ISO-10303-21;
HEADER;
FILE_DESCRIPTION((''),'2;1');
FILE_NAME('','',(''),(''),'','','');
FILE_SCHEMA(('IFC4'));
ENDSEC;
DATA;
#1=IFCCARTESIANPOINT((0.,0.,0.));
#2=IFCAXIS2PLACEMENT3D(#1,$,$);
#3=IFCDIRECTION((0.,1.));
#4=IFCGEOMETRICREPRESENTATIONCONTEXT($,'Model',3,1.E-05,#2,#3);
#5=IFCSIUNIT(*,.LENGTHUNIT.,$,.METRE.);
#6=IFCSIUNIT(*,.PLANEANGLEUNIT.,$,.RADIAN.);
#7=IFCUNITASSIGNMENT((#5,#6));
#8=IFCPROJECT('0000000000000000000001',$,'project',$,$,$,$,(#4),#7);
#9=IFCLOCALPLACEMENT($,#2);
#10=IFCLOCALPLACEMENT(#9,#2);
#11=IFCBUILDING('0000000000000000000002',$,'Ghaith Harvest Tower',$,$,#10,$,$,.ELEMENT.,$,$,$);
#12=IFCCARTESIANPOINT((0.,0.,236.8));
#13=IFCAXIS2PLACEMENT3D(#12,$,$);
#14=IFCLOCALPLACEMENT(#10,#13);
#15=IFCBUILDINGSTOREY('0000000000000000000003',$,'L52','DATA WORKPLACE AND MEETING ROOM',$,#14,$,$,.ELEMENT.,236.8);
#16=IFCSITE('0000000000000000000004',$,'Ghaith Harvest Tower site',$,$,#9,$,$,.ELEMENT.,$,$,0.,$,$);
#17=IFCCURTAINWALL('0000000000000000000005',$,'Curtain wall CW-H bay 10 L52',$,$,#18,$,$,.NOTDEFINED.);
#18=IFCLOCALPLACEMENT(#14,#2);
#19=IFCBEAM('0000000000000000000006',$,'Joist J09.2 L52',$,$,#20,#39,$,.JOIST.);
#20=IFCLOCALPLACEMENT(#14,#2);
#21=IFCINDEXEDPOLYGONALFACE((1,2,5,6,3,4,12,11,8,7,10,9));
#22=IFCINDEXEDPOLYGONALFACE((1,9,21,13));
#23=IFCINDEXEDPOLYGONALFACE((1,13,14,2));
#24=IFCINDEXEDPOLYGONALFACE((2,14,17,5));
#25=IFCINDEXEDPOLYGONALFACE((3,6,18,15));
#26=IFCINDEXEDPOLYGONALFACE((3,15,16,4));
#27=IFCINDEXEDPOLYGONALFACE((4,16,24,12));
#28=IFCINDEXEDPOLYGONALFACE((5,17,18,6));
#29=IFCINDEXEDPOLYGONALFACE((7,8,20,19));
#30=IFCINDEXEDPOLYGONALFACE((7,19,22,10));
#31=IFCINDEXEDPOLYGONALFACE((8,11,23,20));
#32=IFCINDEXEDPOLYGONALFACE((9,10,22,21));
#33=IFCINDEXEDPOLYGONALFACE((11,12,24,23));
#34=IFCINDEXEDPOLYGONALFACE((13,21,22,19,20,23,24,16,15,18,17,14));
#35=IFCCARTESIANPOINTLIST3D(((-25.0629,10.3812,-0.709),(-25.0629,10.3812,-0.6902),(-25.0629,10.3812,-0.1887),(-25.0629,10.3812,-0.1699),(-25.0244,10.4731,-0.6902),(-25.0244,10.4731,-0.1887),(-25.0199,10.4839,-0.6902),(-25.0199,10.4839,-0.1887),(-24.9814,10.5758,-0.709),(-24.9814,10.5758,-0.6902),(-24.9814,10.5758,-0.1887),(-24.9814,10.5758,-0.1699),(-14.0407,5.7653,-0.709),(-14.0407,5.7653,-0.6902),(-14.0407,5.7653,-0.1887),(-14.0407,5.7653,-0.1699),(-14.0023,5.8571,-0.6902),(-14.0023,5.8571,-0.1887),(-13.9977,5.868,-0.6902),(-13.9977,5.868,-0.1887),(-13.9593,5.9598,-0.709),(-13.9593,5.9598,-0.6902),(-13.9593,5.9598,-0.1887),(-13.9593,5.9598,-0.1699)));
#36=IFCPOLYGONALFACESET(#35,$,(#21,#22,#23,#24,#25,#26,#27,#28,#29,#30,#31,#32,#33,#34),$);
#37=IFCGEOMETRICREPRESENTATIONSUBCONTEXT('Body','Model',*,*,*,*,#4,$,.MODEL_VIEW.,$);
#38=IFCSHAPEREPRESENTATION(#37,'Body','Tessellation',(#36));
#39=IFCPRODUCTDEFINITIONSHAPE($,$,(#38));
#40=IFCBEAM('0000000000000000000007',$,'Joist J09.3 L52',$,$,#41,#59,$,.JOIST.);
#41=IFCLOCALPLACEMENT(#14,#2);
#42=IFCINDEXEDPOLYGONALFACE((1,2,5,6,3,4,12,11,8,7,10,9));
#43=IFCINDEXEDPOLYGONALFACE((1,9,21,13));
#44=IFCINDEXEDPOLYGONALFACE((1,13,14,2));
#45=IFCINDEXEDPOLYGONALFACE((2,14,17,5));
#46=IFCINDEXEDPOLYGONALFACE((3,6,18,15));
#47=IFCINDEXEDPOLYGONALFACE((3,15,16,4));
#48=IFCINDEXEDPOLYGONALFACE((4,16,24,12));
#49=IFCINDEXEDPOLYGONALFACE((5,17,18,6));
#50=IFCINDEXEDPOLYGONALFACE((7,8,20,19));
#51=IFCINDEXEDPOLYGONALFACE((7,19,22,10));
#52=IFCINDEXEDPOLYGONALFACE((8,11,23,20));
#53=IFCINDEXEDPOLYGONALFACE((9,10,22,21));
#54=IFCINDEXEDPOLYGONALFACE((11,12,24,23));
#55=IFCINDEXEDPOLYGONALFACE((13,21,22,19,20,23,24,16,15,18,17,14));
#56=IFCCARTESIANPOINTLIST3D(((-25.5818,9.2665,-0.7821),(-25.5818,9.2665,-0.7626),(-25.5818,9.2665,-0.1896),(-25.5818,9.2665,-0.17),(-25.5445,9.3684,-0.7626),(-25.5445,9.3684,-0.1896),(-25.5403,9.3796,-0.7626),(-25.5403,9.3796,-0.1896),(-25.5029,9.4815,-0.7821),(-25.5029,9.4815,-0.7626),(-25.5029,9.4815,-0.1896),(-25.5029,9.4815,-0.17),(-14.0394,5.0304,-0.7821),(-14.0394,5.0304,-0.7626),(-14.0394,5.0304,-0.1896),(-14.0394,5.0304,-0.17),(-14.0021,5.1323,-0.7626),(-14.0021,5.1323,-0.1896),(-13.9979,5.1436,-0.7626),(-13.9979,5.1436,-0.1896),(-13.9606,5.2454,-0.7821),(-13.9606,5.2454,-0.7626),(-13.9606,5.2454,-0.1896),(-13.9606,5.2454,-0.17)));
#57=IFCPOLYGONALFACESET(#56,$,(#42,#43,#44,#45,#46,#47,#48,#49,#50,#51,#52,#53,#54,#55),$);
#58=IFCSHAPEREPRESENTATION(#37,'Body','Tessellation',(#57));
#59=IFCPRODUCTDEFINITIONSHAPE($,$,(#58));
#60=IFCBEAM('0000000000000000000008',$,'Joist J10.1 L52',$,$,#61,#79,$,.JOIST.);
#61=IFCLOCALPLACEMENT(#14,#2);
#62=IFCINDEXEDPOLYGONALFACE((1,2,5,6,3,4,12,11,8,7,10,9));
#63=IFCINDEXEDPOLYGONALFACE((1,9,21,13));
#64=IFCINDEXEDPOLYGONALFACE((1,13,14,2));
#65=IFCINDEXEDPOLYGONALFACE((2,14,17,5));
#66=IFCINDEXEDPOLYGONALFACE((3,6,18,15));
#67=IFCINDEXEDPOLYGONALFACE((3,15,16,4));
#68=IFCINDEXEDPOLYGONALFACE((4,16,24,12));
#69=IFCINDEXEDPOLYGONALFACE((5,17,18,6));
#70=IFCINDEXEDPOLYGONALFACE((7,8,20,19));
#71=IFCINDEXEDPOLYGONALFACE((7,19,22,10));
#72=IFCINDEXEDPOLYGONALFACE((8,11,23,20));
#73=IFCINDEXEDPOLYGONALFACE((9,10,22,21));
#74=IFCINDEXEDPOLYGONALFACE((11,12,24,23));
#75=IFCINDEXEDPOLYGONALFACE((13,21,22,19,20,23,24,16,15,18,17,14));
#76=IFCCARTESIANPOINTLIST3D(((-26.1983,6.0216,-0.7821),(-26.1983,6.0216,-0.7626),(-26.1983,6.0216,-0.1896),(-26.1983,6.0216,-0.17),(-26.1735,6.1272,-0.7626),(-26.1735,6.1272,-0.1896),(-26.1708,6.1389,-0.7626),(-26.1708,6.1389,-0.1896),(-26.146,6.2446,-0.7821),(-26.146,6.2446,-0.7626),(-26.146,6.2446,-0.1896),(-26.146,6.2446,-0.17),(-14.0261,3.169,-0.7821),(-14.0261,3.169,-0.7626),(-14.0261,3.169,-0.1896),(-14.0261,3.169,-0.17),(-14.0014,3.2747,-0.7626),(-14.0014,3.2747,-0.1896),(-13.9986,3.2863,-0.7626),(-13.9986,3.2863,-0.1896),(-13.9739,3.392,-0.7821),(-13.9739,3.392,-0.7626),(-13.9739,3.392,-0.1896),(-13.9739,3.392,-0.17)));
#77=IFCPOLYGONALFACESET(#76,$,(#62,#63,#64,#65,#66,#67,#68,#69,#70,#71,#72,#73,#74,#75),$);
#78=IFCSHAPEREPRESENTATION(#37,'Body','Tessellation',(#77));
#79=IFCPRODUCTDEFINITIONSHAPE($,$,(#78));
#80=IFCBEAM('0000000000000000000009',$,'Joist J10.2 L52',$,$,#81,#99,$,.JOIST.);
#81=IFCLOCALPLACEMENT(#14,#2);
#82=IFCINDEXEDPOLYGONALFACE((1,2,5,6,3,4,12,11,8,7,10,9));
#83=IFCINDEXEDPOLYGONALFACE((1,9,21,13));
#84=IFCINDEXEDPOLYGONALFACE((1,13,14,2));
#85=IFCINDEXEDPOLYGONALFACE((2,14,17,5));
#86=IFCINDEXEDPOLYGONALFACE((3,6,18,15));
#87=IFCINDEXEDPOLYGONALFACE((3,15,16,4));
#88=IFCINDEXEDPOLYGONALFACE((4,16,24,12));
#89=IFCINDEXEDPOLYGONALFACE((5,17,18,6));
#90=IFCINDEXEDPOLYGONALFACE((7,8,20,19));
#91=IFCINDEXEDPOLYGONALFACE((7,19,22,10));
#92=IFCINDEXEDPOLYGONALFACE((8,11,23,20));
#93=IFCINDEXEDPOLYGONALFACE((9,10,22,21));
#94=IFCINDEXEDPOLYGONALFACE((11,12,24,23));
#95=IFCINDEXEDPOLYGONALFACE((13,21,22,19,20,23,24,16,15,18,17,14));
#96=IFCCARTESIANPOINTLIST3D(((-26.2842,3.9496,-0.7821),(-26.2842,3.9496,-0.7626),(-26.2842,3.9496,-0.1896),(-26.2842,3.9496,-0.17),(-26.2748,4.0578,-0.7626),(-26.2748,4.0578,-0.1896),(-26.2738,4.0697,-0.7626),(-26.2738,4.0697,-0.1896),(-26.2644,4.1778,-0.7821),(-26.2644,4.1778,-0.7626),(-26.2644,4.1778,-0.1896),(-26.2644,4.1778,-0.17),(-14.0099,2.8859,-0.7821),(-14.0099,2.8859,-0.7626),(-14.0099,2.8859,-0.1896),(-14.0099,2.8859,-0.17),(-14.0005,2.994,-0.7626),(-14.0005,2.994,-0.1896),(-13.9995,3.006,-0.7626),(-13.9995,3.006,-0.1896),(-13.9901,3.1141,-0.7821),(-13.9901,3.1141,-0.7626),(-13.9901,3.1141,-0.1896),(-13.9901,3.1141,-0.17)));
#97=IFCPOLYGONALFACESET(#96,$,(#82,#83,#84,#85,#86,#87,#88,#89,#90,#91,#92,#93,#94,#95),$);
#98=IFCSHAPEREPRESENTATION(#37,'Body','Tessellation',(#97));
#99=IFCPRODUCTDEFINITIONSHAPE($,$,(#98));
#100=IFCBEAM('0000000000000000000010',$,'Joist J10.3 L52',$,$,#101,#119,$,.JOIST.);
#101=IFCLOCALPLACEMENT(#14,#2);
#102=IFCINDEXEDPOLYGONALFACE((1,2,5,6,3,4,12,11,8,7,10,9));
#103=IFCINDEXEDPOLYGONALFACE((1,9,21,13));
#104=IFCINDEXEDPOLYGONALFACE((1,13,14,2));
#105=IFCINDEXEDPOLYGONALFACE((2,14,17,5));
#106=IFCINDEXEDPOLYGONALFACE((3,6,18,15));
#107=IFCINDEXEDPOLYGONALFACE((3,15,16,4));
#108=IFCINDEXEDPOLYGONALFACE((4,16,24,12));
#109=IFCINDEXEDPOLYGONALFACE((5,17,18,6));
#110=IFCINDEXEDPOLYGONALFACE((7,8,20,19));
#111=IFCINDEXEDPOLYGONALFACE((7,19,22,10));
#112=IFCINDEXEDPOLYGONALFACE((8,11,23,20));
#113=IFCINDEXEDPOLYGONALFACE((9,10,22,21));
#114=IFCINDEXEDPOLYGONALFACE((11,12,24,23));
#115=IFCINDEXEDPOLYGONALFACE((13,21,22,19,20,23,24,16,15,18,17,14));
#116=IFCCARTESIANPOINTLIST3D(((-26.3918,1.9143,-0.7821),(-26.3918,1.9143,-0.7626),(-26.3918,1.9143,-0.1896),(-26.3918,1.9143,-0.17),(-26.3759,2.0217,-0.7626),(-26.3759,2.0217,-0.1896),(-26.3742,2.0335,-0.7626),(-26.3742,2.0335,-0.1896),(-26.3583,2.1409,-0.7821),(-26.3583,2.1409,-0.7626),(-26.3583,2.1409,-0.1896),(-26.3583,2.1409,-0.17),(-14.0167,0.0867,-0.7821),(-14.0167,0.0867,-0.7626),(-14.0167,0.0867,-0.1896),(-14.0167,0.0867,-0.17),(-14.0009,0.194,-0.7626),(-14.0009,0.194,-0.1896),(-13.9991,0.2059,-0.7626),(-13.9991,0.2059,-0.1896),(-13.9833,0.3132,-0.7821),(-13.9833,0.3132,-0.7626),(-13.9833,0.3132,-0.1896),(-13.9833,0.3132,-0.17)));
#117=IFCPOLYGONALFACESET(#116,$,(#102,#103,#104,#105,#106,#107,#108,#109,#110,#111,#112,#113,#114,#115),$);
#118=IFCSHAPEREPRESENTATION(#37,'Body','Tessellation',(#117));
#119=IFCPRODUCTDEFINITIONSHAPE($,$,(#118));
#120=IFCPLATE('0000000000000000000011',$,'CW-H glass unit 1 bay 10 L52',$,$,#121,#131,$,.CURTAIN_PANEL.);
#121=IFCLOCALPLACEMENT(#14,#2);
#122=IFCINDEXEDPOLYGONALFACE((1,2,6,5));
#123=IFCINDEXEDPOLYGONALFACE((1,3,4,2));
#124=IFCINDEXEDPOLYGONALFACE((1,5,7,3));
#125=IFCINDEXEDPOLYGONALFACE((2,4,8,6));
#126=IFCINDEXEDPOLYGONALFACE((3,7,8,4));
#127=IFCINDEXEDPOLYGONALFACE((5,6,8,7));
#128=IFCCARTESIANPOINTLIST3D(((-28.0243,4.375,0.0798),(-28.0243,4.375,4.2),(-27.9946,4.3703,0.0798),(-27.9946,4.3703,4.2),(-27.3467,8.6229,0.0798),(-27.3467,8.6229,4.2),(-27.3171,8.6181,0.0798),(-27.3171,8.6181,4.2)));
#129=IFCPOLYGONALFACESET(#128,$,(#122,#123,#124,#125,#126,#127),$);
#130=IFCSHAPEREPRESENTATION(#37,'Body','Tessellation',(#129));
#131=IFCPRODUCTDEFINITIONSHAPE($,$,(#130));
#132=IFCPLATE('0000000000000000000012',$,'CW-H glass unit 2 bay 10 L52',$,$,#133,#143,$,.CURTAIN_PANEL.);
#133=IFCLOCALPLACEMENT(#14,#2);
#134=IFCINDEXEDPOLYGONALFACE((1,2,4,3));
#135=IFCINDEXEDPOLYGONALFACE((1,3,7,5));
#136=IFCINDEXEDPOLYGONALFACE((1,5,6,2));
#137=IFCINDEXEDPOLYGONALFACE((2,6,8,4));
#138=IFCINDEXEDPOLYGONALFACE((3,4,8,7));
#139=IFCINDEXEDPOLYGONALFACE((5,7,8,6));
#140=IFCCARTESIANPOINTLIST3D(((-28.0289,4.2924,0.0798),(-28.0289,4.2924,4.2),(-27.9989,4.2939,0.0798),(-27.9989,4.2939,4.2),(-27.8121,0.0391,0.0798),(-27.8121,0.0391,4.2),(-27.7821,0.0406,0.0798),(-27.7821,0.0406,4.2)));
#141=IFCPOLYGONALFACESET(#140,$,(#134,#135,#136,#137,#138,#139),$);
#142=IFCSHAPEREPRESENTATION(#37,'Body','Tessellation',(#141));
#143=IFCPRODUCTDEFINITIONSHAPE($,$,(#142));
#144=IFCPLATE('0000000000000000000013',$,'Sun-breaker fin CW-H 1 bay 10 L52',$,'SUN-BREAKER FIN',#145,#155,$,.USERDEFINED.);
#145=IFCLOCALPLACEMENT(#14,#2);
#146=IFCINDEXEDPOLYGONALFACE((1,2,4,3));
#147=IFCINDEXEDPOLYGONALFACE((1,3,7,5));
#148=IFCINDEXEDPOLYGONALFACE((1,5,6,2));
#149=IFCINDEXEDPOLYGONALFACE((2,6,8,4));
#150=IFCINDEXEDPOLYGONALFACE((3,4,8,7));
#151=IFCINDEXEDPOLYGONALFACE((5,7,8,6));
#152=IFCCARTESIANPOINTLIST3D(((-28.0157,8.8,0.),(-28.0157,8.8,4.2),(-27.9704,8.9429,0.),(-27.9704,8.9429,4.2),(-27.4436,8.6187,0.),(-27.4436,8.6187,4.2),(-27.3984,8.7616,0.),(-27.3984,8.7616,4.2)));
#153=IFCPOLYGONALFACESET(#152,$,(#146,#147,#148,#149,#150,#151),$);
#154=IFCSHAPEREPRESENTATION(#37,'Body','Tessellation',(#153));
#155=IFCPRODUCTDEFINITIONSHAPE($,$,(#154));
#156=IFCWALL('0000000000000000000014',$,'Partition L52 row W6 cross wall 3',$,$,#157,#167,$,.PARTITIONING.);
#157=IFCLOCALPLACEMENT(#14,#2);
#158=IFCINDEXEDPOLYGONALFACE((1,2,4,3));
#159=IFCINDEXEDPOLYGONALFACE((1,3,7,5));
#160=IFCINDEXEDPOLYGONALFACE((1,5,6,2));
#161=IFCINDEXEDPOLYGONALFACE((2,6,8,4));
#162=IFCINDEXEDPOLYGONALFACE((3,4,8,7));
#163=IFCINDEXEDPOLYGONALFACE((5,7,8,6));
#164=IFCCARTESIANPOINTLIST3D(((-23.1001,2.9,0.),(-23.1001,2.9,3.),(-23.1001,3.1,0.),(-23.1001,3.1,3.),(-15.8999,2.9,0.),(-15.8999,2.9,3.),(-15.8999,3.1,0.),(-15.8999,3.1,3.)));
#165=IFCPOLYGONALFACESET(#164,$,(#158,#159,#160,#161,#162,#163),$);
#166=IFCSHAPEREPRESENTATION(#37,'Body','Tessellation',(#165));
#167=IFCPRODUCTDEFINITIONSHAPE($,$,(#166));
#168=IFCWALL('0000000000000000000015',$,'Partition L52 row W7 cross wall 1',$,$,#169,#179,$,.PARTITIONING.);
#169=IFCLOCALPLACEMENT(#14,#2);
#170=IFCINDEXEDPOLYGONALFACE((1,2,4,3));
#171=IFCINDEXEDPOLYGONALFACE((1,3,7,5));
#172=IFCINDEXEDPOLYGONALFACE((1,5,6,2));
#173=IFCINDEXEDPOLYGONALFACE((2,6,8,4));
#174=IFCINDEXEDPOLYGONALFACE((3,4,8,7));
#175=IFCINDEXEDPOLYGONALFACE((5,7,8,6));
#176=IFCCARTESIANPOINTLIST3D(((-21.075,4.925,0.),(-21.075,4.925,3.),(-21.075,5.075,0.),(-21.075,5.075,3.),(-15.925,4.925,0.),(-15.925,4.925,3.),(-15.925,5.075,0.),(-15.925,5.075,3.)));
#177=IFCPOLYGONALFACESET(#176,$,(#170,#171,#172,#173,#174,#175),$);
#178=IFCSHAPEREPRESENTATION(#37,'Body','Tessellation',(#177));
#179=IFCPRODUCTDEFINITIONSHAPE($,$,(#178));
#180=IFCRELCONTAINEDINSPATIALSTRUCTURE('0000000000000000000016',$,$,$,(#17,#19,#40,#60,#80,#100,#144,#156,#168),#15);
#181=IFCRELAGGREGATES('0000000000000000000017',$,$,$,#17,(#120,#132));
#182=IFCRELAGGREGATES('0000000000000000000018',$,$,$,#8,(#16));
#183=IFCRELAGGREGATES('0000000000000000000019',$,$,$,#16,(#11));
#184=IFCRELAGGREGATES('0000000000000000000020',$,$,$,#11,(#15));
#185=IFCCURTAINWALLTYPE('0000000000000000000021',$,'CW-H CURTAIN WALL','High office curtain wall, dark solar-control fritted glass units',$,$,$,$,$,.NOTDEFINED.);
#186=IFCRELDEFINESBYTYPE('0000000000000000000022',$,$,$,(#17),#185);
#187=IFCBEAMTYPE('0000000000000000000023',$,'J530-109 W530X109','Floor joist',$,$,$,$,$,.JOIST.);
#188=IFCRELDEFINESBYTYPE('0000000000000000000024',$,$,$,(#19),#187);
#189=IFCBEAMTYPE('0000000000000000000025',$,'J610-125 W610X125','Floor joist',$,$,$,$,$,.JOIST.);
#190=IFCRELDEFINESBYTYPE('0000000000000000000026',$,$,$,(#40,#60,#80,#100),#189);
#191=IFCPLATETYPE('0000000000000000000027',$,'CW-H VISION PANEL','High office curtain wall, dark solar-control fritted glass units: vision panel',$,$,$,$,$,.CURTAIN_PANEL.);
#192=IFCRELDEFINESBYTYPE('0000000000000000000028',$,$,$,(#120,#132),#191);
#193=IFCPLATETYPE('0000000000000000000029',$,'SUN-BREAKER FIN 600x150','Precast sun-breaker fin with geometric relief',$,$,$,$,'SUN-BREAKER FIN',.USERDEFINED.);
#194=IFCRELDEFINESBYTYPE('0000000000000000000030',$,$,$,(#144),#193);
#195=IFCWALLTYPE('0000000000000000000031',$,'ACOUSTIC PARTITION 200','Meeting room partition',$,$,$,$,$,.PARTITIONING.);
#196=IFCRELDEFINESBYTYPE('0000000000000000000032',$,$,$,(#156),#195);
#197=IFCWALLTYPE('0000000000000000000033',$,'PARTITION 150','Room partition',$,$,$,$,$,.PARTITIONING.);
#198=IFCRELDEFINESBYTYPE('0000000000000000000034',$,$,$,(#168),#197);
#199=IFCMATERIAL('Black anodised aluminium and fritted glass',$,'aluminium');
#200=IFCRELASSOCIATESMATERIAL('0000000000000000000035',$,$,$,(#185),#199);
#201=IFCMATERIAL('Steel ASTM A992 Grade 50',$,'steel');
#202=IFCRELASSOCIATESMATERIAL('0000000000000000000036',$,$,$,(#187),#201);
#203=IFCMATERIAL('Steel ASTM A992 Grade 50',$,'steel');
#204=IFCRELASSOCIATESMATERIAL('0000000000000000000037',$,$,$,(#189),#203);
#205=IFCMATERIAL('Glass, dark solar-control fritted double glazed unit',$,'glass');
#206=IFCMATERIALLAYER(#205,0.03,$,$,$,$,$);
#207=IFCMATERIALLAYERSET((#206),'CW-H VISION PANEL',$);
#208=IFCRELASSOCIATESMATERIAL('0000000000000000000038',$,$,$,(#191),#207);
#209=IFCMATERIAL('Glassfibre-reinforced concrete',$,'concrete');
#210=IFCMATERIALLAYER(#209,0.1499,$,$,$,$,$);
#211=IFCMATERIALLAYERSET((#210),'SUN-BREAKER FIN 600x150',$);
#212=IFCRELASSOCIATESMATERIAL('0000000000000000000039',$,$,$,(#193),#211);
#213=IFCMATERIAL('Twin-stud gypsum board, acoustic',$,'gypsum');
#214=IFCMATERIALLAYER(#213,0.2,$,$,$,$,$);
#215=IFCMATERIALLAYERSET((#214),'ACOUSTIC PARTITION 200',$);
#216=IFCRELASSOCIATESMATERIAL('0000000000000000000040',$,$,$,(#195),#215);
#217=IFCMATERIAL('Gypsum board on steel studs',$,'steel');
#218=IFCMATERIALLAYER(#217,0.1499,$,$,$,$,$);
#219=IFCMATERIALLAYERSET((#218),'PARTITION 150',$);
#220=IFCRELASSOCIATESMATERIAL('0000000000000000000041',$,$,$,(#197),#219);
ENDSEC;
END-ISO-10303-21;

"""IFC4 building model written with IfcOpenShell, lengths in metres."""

from ifc_helpers import new_model, si_unit, direction, frame, frame_2d, origin, origin_2d, place, context, subcontext, project, spatial, rectangle, i_section, extrude, material, layer, layer_set, material_profile, profile_set, type_object, element, aggregate, save


model = new_model("IFC4")

# Units and contexts
model_context = context("Model", 3, precision=1e-05, world=origin(), true_north=direction((0.0, 1.0)))
body_context = subcontext(model_context, "Body", "Model", "MODEL_VIEW")
ifc_project = project(units=[si_unit("LENGTHUNIT", "METRE"), si_unit("PLANEANGLEUNIT", "RADIAN")], contexts=[model_context])

# Site, building, storey
site_placement = place(None, origin())
site = spatial("IfcSite", under=ifc_project, at=site_placement, Name="Ghaith Harvest Tower site", CompositionType="ELEMENT", RefElevation=0.0)
building_placement = place(site_placement, origin())
building = spatial("IfcBuilding", under=site, at=building_placement, Name="Ghaith Harvest Tower", CompositionType="ELEMENT")
storey_placement = place(building_placement, frame((0.0, 0.0, 236.8)))
storey = spatial("IfcBuildingStorey", under=building, at=storey_placement, Name="L52", Description="DATA WORKPLACE AND MEETING ROOM", CompositionType="ELEMENT", Elevation=236.8)

# Curtain wall
ifc_material_1 = material(Name="Black anodised aluminium and fritted glass", Category="aluminium")
curtain_wall_type = type_object("IfcCurtainWallType", Name="CW-H CURTAIN WALL", Description="High office curtain wall, dark solar-control fritted glass units", PredefinedType="NOTDEFINED", material=ifc_material_1)
curtain_wall_placement = place(storey_placement, origin())
curtain_wall = element("IfcCurtainWall", 1, at=curtain_wall_placement, inside=storey, type_object=curtain_wall_type, Name="Curtain wall CW-H bay 10 L52", PredefinedType="NOTDEFINED")

# Beams
ifc_material_2 = material(Name="Steel ASTM A992 Grade 50", Category="steel")
ifc_material_profile_1 = material_profile(ifc_material_2, i_section(OverallWidth=0.2109, OverallDepth=0.5391, WebThickness=0.0117, FlangeThickness=0.0188, at=origin_2d()), Name="W530X109")
ifc_profile_set_1 = profile_set([ifc_material_profile_1], Name="Steel ASTM A992 Grade 50")
beam_type_1 = type_object("IfcBeamType", Name="J530-109 W530X109", Description="Floor joist", PredefinedType="JOIST", material=ifc_profile_set_1)
beam_1_placement = place(storey_placement, frame((-14.0, 5.8625, -0.4395), z_axis=(-0.922381, 0.386282, 0.0), x_axis=(-0.386282, -0.922381, 0.0)))
element("IfcBeam", 2, at=beam_1_placement, inside=storey, type_object=beam_type_1, Name="Joist J09.2 L52", PredefinedType="JOIST", context=body_context, shape_type="SweptSolid", body=[
    extrude(i_section(OverallWidth=0.2109, OverallDepth=0.5391, WebThickness=0.0117, FlangeThickness=0.0188, at=origin_2d()), origin(), (0.0, 0.0, 1.0), 11.9497),
])
ifc_material_3 = material(Name="Steel ASTM A992 Grade 50", Category="steel")
ifc_material_profile_2 = material_profile(ifc_material_3, i_section(OverallWidth=0.229, OverallDepth=0.6121, WebThickness=0.012, FlangeThickness=0.0195, at=origin_2d()), Name="W610X125")
ifc_profile_set_2 = profile_set([ifc_material_profile_2], Name="Steel ASTM A992 Grade 50")
beam_type_2 = type_object("IfcBeamType", Name="J610-125 W610X125", Description="Floor joist", PredefinedType="JOIST", material=ifc_profile_set_2)
beam_2_placement = place(storey_placement, frame((-14.0, 5.1379, -0.4761), z_axis=(-0.938775, 0.34453, 0.0), x_axis=(-0.34453, -0.938775, 0.0)))
element("IfcBeam", 3, at=beam_2_placement, inside=storey, type_object=beam_type_2, Name="Joist J09.3 L52", PredefinedType="JOIST", context=body_context, shape_type="SweptSolid", body=[
    extrude(i_section(OverallWidth=0.229, OverallDepth=0.6121, WebThickness=0.012, FlangeThickness=0.0195, at=origin_2d()), origin(), (0.0, 0.0, 1.0), 12.2952),
])
beam_3_placement = place(storey_placement, frame((-14.0, 3.2805, -0.4761), z_axis=(-0.973622, 0.228168, 0.0), x_axis=(-0.228168, -0.973622, 0.0)))
element("IfcBeam", 4, at=beam_3_placement, inside=storey, type_object=beam_type_2, Name="Joist J10.1 L52", PredefinedType="JOIST", context=body_context, shape_type="SweptSolid", body=[
    extrude(i_section(OverallWidth=0.229, OverallDepth=0.6121, WebThickness=0.012, FlangeThickness=0.0195, at=origin_2d()), origin(), (0.0, 0.0, 1.0), 12.502),
])
beam_4_placement = place(storey_placement, frame((-14.0, 3.0, -0.4761), z_axis=(-0.996266, 0.086338, 0.0), x_axis=(-0.086338, -0.996266, 0.0)))
element("IfcBeam", 5, at=beam_4_placement, inside=storey, type_object=beam_type_2, Name="Joist J10.2 L52", PredefinedType="JOIST", context=body_context, shape_type="SweptSolid", body=[
    extrude(i_section(OverallWidth=0.229, OverallDepth=0.6121, WebThickness=0.012, FlangeThickness=0.0195, at=origin_2d()), origin(), (0.0, 0.0, 1.0), 12.3203),
])
beam_5_placement = place(storey_placement, frame((-14.0, 0.2, -0.4761), z_axis=(-0.989269, 0.146103, 0.0), x_axis=(-0.146103, -0.989269, 0.0)))
element("IfcBeam", 6, at=beam_5_placement, inside=storey, type_object=beam_type_2, Name="Joist J10.3 L52", PredefinedType="JOIST", context=body_context, shape_type="SweptSolid", body=[
    extrude(i_section(OverallWidth=0.229, OverallDepth=0.6121, WebThickness=0.012, FlangeThickness=0.0195, at=origin_2d()), origin(), (0.0, 0.0, 1.0), 12.5093),
])

# Plates
ifc_material_4 = material(Name="Glass, dark solar-control fritted double glazed unit", Category="glass")
ifc_layer_1 = layer(ifc_material_4, 0.03)
ifc_layer_set_1 = layer_set([ifc_layer_1], Name="CW-H VISION PANEL")
plate_type_1 = type_object("IfcPlateType", Name="CW-H VISION PANEL", Description="High office curtain wall, dark solar-control fritted glass units: vision panel", PredefinedType="CURTAIN_PANEL", material=ifc_layer_set_1)
plate_1_placement = place(storey_placement, frame((-27.6707, 6.4966, 0.0798), z_axis=(0.0, 0.0, 1.0), x_axis=(-0.157514, -0.987517, 0.0)))
plate_1 = element("IfcPlate", 7, at=plate_1_placement, type_object=plate_type_1, Name="CW-H glass unit 1 bay 10 L52", PredefinedType="CURTAIN_PANEL", context=body_context, shape_type="SweptSolid", body=[
    extrude(rectangle(XDim=4.3015, YDim=0.03, at=origin_2d()), origin(), (0.0, 0.0, 1.0), 4.1201),
])
plate_2_placement = place(storey_placement, frame((-27.9055, 2.1665, 0.0798), z_axis=(0.0, 0.0, 1.0), x_axis=(0.050895, -0.998704, 0.0)))
plate_2 = element("IfcPlate", 8, at=plate_2_placement, type_object=plate_type_1, Name="CW-H glass unit 2 bay 10 L52", PredefinedType="CURTAIN_PANEL", context=body_context, shape_type="SweptSolid", body=[
    extrude(rectangle(XDim=4.2588, YDim=0.03, at=origin_2d()), origin(), (0.0, 0.0, 1.0), 4.1201),
])
aggregate(curtain_wall, [plate_1, plate_2])
ifc_material_5 = material(Name="Glassfibre-reinforced concrete", Category="concrete")
ifc_layer_2 = layer(ifc_material_5, 0.1499)
ifc_layer_set_2 = layer_set([ifc_layer_2], Name="SUN-BREAKER FIN 600x150")
plate_type_2 = type_object("IfcPlateType", Name="SUN-BREAKER FIN 600x150", Description="Precast sun-breaker fin with geometric relief", ElementType="SUN-BREAKER FIN", PredefinedType="USERDEFINED", material=ifc_layer_set_2)
plate_3_placement = place(storey_placement, frame((-27.707, 8.7808, 0.0), z_axis=(0.0, 0.0, 1.0), x_axis=(-0.953273, 0.30211, 0.0)))
element("IfcPlate", 9, at=plate_3_placement, inside=storey, type_object=plate_type_2, Name="Sun-breaker fin CW-H 1 bay 10 L52", ObjectType="SUN-BREAKER FIN", PredefinedType="USERDEFINED", context=body_context, shape_type="SweptSolid", body=[
    extrude(rectangle(XDim=0.6001, YDim=0.1499, at=origin_2d()), origin(), (0.0, 0.0, 1.0), 4.2),
])

# Wall
ifc_material_6 = material(Name="Twin-stud gypsum board, acoustic", Category="gypsum")
ifc_layer_3 = layer(ifc_material_6, 0.2)
ifc_layer_set_3 = layer_set([ifc_layer_3], Name="ACOUSTIC PARTITION 200")
wall_type_1 = type_object("IfcWallType", Name="ACOUSTIC PARTITION 200", Description="Meeting room partition", PredefinedType="PARTITIONING", material=ifc_layer_set_3)
wall_1_placement = place(storey_placement, frame((-15.8999, 3.0, 0.0), z_axis=(0.0, 0.0, 1.0), x_axis=(-1.0, 0.0, 0.0)))
element("IfcWall", 10, at=wall_1_placement, inside=storey, type_object=wall_type_1, Name="Partition L52 row W6 cross wall 3", PredefinedType="PARTITIONING", context=body_context, shape_type="SweptSolid", body=[
    extrude(rectangle(XDim=7.2002, YDim=0.2, at=frame_2d((3.6001, 0.0))), origin(), (0.0, 0.0, 1.0), 3.0),
])

# Wall
ifc_material_7 = material(Name="Gypsum board on steel studs", Category="steel")
ifc_layer_4 = layer(ifc_material_7, 0.1499)
ifc_layer_set_4 = layer_set([ifc_layer_4], Name="PARTITION 150")
wall_type_2 = type_object("IfcWallType", Name="PARTITION 150", Description="Room partition", PredefinedType="PARTITIONING", material=ifc_layer_set_4)
wall_2_placement = place(storey_placement, frame((-15.925, 5.0, 0.0), z_axis=(0.0, 0.0, 1.0), x_axis=(-1.0, 0.0, 0.0)))
element("IfcWall", 11, at=wall_2_placement, inside=storey, type_object=wall_type_2, Name="Partition L52 row W7 cross wall 1", PredefinedType="PARTITIONING", context=body_context, shape_type="SweptSolid", body=[
    extrude(rectangle(XDim=5.1499, YDim=0.1499, at=frame_2d((2.575, 0.0))), origin(), (0.0, 0.0, 1.0), 3.0),
])

save(model, "model.ifc")
